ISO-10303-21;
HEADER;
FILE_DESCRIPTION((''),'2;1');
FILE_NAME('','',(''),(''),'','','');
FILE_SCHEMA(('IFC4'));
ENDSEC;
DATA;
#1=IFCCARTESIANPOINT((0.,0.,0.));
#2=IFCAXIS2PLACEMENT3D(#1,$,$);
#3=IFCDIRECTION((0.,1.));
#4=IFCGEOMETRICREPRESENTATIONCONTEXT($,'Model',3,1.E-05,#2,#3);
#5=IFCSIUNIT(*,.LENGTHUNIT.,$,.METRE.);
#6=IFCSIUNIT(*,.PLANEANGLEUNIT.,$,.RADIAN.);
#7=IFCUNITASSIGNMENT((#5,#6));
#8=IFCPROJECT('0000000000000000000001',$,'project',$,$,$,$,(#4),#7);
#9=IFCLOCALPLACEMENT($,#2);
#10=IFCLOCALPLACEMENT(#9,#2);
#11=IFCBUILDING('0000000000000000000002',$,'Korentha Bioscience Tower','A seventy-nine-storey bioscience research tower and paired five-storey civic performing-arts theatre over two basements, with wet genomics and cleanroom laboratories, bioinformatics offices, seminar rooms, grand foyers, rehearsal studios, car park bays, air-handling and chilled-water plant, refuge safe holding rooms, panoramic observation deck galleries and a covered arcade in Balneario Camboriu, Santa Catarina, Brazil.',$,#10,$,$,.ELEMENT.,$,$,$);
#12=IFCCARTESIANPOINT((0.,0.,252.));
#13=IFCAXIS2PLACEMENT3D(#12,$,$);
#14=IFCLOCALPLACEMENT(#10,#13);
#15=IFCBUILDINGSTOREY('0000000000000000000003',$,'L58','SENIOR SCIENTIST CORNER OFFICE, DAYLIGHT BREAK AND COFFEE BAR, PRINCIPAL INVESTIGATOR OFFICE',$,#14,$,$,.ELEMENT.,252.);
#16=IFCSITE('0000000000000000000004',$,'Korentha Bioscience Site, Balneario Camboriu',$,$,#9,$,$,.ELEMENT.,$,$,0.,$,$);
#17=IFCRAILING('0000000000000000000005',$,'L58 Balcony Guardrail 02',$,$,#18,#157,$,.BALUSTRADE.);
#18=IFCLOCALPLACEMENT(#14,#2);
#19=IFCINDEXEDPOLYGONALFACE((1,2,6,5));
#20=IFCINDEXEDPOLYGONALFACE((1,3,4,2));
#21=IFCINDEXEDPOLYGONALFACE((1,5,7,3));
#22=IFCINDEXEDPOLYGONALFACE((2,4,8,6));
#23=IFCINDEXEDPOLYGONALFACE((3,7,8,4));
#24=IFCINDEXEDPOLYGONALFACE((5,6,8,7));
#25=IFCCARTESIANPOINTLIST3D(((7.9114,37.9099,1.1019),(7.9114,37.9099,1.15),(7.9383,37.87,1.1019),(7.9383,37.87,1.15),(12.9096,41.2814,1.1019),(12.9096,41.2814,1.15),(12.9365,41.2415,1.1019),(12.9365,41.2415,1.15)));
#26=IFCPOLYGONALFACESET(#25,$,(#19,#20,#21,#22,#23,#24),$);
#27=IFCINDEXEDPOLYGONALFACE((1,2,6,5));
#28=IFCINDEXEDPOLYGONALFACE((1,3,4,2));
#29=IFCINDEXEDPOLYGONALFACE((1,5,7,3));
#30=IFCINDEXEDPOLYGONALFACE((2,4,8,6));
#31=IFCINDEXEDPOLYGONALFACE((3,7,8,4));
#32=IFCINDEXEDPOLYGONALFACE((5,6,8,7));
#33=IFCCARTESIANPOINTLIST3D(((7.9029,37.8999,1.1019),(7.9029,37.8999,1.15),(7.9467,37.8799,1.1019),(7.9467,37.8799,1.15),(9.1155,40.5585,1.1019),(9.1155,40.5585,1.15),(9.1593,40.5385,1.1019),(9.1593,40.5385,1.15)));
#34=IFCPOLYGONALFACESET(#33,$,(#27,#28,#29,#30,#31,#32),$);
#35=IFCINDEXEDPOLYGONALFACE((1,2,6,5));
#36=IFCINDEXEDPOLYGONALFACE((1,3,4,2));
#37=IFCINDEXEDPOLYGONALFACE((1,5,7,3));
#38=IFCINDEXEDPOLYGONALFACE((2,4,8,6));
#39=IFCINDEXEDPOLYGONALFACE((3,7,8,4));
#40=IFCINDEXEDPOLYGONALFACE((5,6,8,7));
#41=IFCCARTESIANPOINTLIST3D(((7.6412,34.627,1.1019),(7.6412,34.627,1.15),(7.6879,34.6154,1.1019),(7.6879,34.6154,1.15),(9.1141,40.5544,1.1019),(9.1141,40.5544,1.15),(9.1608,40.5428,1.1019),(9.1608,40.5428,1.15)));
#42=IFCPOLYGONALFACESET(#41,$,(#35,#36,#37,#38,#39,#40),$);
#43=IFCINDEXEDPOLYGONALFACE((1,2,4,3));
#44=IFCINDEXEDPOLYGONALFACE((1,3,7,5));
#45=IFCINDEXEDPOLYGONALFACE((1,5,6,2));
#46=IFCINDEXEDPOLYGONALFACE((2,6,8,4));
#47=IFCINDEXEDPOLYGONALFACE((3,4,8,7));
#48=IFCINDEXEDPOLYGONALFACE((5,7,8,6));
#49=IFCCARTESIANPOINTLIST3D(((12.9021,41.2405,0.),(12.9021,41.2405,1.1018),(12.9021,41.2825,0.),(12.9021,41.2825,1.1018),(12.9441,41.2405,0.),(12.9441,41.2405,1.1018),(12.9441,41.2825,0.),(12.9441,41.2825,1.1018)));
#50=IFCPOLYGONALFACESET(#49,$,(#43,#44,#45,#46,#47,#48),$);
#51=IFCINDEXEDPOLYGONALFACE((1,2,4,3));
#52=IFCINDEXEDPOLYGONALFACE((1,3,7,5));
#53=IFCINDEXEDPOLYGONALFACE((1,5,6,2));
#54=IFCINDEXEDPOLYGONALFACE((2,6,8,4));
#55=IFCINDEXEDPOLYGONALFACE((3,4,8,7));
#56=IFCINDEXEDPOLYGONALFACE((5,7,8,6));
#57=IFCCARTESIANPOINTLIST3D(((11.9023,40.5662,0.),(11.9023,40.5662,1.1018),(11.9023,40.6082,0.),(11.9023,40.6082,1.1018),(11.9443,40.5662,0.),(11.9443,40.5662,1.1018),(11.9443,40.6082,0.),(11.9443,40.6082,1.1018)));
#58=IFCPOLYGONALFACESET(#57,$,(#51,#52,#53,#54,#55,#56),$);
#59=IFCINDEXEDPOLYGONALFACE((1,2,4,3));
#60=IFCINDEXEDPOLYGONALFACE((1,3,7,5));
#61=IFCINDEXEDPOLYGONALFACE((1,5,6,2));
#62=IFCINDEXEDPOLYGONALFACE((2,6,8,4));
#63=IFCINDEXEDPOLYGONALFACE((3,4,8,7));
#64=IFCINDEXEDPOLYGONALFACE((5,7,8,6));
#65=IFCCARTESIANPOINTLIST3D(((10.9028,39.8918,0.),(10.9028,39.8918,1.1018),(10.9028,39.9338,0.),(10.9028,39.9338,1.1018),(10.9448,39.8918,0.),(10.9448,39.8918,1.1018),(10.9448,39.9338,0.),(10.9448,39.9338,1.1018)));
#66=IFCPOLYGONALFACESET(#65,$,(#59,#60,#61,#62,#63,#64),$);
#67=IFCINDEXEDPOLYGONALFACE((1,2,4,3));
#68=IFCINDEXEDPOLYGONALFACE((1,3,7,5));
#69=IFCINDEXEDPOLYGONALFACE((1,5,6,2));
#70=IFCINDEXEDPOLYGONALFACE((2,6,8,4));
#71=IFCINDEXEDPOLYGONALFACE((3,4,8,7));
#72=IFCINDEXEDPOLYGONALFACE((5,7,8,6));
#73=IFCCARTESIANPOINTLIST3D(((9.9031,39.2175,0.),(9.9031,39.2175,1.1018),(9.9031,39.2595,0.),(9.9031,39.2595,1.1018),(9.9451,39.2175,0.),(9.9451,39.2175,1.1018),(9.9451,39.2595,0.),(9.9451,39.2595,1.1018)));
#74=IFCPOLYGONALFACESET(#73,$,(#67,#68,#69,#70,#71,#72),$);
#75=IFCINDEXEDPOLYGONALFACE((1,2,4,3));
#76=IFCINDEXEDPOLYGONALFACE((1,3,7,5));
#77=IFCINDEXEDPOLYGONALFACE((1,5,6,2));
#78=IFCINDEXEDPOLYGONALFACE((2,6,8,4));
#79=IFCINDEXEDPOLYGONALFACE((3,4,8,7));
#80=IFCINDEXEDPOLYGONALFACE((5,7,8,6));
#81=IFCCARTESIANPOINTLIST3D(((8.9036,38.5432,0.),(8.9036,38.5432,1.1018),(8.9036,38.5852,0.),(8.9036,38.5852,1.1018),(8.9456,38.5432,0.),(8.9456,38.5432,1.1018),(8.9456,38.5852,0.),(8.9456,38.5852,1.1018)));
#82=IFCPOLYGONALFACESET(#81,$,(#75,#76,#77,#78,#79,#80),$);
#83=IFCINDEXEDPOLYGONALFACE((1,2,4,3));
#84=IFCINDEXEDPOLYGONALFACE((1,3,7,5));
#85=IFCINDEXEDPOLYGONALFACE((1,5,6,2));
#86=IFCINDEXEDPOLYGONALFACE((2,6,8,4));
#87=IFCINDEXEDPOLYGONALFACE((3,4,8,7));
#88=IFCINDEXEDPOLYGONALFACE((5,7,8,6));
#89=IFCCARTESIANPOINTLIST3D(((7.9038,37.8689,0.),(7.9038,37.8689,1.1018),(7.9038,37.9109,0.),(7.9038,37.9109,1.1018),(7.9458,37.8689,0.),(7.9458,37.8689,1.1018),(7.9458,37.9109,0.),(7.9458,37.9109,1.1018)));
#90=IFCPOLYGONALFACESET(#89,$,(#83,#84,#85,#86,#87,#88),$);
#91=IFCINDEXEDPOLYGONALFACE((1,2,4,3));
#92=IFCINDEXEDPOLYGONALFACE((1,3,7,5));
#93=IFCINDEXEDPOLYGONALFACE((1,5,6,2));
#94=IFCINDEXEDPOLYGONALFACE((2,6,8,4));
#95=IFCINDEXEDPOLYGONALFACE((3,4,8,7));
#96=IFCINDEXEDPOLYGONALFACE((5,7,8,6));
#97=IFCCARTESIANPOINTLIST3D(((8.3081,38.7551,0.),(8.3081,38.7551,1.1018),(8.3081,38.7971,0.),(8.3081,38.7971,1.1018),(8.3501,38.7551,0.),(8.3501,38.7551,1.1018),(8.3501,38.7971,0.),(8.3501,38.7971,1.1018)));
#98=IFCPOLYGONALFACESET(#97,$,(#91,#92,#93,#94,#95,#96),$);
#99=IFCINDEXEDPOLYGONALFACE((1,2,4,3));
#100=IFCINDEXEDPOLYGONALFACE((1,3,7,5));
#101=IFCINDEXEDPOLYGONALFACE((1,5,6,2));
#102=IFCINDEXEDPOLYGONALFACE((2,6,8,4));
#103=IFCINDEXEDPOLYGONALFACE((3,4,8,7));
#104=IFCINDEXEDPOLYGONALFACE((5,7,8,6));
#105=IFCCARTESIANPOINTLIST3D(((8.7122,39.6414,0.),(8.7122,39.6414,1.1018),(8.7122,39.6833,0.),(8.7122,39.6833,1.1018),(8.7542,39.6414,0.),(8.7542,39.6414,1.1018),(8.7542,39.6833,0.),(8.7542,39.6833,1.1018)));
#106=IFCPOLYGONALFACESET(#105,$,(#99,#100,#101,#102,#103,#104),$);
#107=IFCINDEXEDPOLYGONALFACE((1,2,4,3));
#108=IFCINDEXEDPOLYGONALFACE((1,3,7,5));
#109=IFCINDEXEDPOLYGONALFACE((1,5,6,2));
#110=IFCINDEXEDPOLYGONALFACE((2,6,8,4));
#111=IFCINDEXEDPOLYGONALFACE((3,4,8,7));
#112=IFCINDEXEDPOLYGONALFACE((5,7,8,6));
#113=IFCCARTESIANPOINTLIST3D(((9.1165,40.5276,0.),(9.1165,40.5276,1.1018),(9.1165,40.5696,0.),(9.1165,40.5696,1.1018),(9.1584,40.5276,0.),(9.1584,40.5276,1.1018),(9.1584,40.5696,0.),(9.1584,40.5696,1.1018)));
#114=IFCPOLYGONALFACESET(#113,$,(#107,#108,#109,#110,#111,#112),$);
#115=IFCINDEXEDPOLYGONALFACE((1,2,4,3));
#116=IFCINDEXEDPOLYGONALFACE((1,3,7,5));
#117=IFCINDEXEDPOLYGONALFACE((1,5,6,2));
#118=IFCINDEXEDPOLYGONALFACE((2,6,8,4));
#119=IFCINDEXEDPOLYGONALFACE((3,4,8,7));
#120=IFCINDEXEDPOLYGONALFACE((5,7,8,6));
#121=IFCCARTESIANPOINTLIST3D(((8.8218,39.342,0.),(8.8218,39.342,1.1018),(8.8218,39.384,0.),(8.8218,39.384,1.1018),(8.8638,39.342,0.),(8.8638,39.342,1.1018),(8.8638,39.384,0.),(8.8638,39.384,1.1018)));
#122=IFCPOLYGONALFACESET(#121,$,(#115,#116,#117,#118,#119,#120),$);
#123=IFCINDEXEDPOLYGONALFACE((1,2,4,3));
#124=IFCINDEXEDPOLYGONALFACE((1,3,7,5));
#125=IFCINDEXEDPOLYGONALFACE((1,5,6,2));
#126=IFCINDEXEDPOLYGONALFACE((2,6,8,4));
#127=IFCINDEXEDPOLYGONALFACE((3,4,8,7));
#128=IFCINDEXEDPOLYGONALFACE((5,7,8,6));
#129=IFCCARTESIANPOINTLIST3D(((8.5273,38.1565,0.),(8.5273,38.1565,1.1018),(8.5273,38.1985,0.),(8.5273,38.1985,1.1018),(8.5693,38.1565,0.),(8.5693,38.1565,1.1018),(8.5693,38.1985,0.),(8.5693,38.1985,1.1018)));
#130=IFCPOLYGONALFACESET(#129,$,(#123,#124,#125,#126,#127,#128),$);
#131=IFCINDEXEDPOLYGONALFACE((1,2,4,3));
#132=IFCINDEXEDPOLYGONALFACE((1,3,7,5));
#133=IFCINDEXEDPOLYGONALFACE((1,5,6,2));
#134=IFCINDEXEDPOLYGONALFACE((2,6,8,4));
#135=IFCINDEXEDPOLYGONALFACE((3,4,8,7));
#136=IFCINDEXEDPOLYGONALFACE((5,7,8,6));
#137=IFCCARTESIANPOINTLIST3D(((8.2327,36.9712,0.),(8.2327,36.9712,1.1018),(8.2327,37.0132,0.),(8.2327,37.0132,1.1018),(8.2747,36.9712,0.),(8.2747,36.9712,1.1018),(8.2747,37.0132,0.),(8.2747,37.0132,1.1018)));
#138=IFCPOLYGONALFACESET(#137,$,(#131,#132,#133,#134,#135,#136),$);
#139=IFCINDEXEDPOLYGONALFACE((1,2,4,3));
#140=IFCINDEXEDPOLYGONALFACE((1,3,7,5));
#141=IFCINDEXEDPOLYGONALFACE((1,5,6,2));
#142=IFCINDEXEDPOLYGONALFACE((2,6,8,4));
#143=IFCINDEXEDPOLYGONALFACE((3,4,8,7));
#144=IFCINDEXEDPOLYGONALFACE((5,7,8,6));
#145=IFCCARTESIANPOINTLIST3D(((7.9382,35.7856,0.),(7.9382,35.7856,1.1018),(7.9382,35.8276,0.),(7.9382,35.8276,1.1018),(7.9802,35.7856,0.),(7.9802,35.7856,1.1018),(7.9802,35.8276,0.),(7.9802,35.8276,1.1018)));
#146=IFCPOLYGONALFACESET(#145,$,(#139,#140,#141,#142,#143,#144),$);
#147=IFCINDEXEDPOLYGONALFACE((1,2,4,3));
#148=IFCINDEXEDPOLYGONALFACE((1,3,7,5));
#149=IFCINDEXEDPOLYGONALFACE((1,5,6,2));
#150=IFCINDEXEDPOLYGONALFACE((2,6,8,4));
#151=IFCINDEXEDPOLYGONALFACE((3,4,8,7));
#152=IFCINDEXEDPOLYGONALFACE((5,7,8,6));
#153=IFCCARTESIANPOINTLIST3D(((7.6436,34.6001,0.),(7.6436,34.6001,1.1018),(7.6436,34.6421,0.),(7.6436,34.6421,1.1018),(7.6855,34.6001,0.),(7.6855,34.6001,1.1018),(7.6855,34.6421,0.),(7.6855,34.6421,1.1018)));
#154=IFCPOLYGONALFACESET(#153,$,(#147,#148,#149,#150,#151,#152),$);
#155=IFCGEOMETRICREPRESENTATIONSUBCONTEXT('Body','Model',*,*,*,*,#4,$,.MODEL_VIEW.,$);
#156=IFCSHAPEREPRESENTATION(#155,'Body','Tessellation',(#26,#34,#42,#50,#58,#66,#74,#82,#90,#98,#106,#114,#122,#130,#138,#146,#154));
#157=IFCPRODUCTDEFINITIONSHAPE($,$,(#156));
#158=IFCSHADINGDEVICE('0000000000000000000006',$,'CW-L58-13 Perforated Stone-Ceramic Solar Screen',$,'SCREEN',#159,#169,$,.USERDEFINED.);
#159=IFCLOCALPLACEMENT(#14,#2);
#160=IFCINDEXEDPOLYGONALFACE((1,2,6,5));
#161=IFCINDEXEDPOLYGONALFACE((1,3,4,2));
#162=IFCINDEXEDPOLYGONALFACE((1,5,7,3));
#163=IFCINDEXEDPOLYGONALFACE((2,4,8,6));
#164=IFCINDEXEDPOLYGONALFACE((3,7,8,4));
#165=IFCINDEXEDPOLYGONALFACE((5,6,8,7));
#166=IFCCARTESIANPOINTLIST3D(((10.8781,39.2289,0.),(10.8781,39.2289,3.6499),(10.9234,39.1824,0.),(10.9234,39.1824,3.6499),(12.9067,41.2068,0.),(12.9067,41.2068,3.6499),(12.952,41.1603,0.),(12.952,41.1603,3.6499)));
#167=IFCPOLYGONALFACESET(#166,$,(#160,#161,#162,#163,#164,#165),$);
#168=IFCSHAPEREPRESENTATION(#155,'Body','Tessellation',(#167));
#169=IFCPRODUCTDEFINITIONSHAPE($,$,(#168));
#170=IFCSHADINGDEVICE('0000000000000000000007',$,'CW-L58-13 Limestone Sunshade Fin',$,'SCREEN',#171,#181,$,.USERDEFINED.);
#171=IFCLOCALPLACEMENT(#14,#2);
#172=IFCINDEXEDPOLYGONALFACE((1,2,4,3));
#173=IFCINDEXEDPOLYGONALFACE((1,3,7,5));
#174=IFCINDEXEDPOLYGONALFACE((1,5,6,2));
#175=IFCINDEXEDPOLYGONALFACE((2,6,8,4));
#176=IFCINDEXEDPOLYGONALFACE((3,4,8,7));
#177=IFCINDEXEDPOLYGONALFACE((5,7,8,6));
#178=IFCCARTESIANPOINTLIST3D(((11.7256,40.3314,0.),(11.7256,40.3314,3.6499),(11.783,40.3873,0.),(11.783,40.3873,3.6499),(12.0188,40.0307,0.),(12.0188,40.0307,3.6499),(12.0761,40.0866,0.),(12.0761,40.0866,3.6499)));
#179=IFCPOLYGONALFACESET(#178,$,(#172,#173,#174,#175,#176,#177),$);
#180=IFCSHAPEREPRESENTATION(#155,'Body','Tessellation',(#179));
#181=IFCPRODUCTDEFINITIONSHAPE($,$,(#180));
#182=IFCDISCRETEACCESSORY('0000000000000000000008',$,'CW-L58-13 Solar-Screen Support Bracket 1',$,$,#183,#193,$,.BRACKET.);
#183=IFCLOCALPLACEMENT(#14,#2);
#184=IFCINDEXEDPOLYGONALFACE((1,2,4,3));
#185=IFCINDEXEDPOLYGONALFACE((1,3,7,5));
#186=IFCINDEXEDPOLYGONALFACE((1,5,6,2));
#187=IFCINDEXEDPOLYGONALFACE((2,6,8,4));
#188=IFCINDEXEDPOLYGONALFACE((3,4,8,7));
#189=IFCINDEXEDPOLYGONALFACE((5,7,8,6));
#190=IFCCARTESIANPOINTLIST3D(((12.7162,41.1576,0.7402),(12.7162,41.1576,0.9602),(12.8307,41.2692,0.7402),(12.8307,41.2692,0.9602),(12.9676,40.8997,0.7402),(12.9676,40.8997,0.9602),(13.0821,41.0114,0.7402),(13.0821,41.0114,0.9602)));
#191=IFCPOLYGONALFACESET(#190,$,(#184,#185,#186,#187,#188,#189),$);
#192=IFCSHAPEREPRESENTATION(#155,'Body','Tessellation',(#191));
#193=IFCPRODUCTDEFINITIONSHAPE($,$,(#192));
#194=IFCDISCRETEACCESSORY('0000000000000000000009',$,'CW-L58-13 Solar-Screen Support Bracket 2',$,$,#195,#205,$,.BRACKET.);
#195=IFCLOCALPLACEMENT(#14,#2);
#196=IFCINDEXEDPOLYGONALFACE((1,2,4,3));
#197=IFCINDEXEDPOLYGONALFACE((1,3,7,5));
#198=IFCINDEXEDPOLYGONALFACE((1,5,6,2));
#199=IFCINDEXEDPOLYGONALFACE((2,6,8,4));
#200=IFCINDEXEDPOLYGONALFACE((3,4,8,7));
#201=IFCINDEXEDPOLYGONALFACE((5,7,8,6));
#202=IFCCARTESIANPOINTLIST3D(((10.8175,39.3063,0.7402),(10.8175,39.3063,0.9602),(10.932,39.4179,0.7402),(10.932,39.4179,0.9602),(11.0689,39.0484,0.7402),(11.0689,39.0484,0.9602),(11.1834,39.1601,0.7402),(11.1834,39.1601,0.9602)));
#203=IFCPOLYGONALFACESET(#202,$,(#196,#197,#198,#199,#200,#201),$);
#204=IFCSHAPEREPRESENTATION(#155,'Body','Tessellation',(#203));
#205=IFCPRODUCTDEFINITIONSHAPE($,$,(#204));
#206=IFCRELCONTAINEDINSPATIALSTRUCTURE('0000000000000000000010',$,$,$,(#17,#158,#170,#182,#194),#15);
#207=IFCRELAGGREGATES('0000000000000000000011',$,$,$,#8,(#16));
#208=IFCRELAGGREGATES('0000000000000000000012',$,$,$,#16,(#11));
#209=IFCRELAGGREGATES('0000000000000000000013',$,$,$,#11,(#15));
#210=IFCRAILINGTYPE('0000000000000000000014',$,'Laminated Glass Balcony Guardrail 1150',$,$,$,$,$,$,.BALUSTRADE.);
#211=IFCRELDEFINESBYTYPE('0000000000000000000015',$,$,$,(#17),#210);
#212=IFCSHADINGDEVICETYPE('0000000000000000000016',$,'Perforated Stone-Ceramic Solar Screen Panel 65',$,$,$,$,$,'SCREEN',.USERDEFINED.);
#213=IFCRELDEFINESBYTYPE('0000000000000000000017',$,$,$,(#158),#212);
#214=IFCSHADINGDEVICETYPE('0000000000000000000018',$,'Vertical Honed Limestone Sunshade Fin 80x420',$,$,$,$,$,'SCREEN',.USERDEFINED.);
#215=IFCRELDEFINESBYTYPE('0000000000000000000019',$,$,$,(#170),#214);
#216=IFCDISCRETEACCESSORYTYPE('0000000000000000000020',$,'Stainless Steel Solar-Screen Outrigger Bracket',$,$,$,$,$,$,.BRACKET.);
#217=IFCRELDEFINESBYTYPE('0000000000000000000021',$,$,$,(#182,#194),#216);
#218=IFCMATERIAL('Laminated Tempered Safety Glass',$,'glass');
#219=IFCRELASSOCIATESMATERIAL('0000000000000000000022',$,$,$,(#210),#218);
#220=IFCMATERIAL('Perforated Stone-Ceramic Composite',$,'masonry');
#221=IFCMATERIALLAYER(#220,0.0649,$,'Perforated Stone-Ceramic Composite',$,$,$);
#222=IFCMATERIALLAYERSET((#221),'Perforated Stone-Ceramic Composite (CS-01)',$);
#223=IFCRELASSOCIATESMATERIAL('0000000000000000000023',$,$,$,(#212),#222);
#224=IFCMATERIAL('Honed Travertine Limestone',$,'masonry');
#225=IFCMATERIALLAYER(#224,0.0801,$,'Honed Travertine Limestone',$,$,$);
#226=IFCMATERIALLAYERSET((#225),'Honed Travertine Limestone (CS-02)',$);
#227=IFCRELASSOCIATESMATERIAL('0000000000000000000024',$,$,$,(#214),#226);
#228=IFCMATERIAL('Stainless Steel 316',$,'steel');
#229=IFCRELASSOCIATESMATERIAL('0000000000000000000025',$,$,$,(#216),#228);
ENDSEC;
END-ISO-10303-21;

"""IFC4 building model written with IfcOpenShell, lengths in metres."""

from ifc_helpers import new_model, si_unit, direction, frame, origin, origin_2d, place, context, subcontext, project, spatial, rectangle, extrude, material, layer, layer_set, type_object, element, save


model = new_model("IFC4")

# Units and contexts
model_context = context("Model", 3, precision=1e-05, world=origin(), true_north=direction((0.0, 1.0)))
body_context = subcontext(model_context, "Body", "Model", "MODEL_VIEW")
ifc_project = project(units=[si_unit("LENGTHUNIT", "METRE"), si_unit("PLANEANGLEUNIT", "RADIAN")], contexts=[model_context])

# Site, building, storey
site_placement = place(None, origin())
site = spatial("IfcSite", under=ifc_project, at=site_placement, Name="Korentha Bioscience Site, Balneario Camboriu", CompositionType="ELEMENT", RefElevation=0.0)
building_placement = place(site_placement, origin())
building = spatial("IfcBuilding", under=site, at=building_placement, Name="Korentha Bioscience Tower", Description="A seventy-nine-storey bioscience research tower and paired five-storey civic performing-arts theatre over two basements, with wet genomics and cleanroom laboratories, bioinformatics offices, seminar rooms, grand foyers, rehearsal studios, car park bays, air-handling and chilled-water plant, refuge safe holding rooms, panoramic observation deck galleries and a covered arcade in Balneario Camboriu, Santa Catarina, Brazil.", CompositionType="ELEMENT")
storey_placement = place(building_placement, frame((0.0, 0.0, 252.0)))
storey = spatial("IfcBuildingStorey", under=building, at=storey_placement, Name="L58", Description="SENIOR SCIENTIST CORNER OFFICE, DAYLIGHT BREAK AND COFFEE BAR, PRINCIPAL INVESTIGATOR OFFICE", CompositionType="ELEMENT", Elevation=252.0)

# Railing
ifc_material_1 = material(Name="Laminated Tempered Safety Glass", Category="glass")
railing_type = type_object("IfcRailingType", Name="Laminated Glass Balcony Guardrail 1150", PredefinedType="BALUSTRADE", material=ifc_material_1)
railing_placement = place(storey_placement, frame((12.9231, 41.2615, 0.0)))
element("IfcRailing", 1, at=railing_placement, inside=storey, type_object=railing_type, Name="L58 Balcony Guardrail 02", PredefinedType="BALUSTRADE", context=body_context, shape_type="SweptSolid", body=[
    extrude(rectangle(XDim=0.0481, YDim=0.0481, at=origin_2d()), frame((0.0, 0.0, 1.126), z_axis=(-0.829023, -0.559215, 0.0), x_axis=(0.559215, -0.829023, 0.0)), (0.0, 0.0, 1.0), 6.0291),
    extrude(rectangle(XDim=0.0481, YDim=0.0481, at=origin_2d()), frame((-4.9983, -3.3716, 1.126), z_axis=(0.41498, 0.909831, 0.0), x_axis=(-0.909831, 0.41498, 0.0)), (0.0, 0.0, 1.0), 2.9221),
    extrude(rectangle(XDim=0.0481, YDim=0.0481, at=origin_2d()), frame((-3.7856, -0.7129, 1.126), z_axis=(-0.241153, -0.970487, 0.0), x_axis=(0.970487, -0.241153, 0.0)), (0.0, 0.0, 1.0), 6.1077),
    extrude(rectangle(XDim=0.042, YDim=0.042, at=origin_2d()), origin(), (0.0, 0.0, 1.0), 1.1018),
    extrude(rectangle(XDim=0.042, YDim=0.042, at=origin_2d()), frame((-0.9998, -0.6743, 0.0)), (0.0, 0.0, 1.0), 1.1018),
    extrude(rectangle(XDim=0.042, YDim=0.042, at=origin_2d()), frame((-1.9993, -1.3486, 0.0)), (0.0, 0.0, 1.0), 1.1018),
    extrude(rectangle(XDim=0.042, YDim=0.042, at=origin_2d()), frame((-2.999, -2.0229, 0.0)), (0.0, 0.0, 1.0), 1.1018),
    extrude(rectangle(XDim=0.042, YDim=0.042, at=origin_2d()), frame((-3.9985, -2.6973, 0.0)), (0.0, 0.0, 1.0), 1.1018),
    extrude(rectangle(XDim=0.042, YDim=0.042, at=origin_2d()), frame((-4.9983, -3.3716, 0.0)), (0.0, 0.0, 1.0), 1.1018),
    extrude(rectangle(XDim=0.042, YDim=0.042, at=origin_2d()), frame((-4.594, -2.4854, 0.0)), (0.0, 0.0, 1.0), 1.1018),
    extrude(rectangle(XDim=0.042, YDim=0.042, at=origin_2d()), frame((-4.1899, -1.5991, 0.0)), (0.0, 0.0, 1.0), 1.1018),
    extrude(rectangle(XDim=0.042, YDim=0.042, at=origin_2d()), frame((-3.7856, -0.7129, 0.0)), (0.0, 0.0, 1.0), 1.1018),
    extrude(rectangle(XDim=0.042, YDim=0.042, at=origin_2d()), frame((-4.0803, -1.8984, 0.0)), (0.0, 0.0, 1.0), 1.1018),
    extrude(rectangle(XDim=0.042, YDim=0.042, at=origin_2d()), frame((-4.3748, -3.084, 0.0)), (0.0, 0.0, 1.0), 1.1018),
    extrude(rectangle(XDim=0.042, YDim=0.042, at=origin_2d()), frame((-4.6694, -4.2693, 0.0)), (0.0, 0.0, 1.0), 1.1018),
    extrude(rectangle(XDim=0.042, YDim=0.042, at=origin_2d()), frame((-4.9639, -5.4548, 0.0)), (0.0, 0.0, 1.0), 1.1018),
    extrude(rectangle(XDim=0.042, YDim=0.042, at=origin_2d()), frame((-5.2585, -6.6404, 0.0)), (0.0, 0.0, 1.0), 1.1018),
])

# Shading devices
ifc_material_2 = material(Name="Perforated Stone-Ceramic Composite", Category="masonry")
ifc_layer_1 = layer(ifc_material_2, 0.0649, Name="Perforated Stone-Ceramic Composite")
ifc_layer_set_1 = layer_set([ifc_layer_1], Name="Perforated Stone-Ceramic Composite (CS-01)")
shading_device_type_1 = type_object("IfcShadingDeviceType", Name="Perforated Stone-Ceramic Solar Screen Panel 65", ElementType="SCREEN", PredefinedType="USERDEFINED", material=ifc_layer_set_1)
shading_device_1_placement = place(storey_placement, frame((11.915, 40.1946, 0.0), z_axis=(0.0, 0.0, 1.0), x_axis=(-0.715994, -0.698107, 0.0)))
element("IfcShadingDevice", 2, at=shading_device_1_placement, inside=storey, type_object=shading_device_type_1, Name="CW-L58-13 Perforated Stone-Ceramic Solar Screen", ObjectType="SCREEN", PredefinedType="USERDEFINED", context=body_context, shape_type="SweptSolid", body=[
    extrude(rectangle(XDim=2.8333, YDim=0.0649, at=origin_2d()), origin(), (0.0, 0.0, 1.0), 3.6499),
])
ifc_material_3 = material(Name="Honed Travertine Limestone", Category="masonry")
ifc_layer_2 = layer(ifc_material_3, 0.0801, Name="Honed Travertine Limestone")
ifc_layer_set_2 = layer_set([ifc_layer_2], Name="Honed Travertine Limestone (CS-02)")
shading_device_type_2 = type_object("IfcShadingDeviceType", Name="Vertical Honed Limestone Sunshade Fin 80x420", ElementType="SCREEN", PredefinedType="USERDEFINED", material=ifc_layer_set_2)
shading_device_2_placement = place(storey_placement, frame((11.9009, 40.209, 0.0), z_axis=(0.0, 0.0, 1.0), x_axis=(-0.715994, -0.698107, 0.0)))
element("IfcShadingDevice", 3, at=shading_device_2_placement, inside=storey, type_object=shading_device_type_2, Name="CW-L58-13 Limestone Sunshade Fin", ObjectType="SCREEN", PredefinedType="USERDEFINED", context=body_context, shape_type="SweptSolid", body=[
    extrude(rectangle(XDim=0.0801, YDim=0.4199, at=origin_2d()), origin(), (0.0, 0.0, 1.0), 3.6499),
])

# Discrete accessories
ifc_material_4 = material(Name="Stainless Steel 316", Category="steel")
discrete_accessory_type = type_object("IfcDiscreteAccessoryType", Name="Stainless Steel Solar-Screen Outrigger Bracket", PredefinedType="BRACKET", material=ifc_material_4)
for number, where, z_axis, x_axis, name in (
    (4, (12.8992, 41.0845, 0.7402), (0.0, 0.0, 1.0), (-0.715994, -0.698107, 0.0), "CW-L58-13 Solar-Screen Support Bracket 1"),
    (5, (11.0005, 39.2332, 0.7402), (0.0, 0.0, 1.0), (-0.715994, -0.698107, 0.0), "CW-L58-13 Solar-Screen Support Bracket 2"),
):
    element("IfcDiscreteAccessory", number, at=place(storey_placement, frame(where, z_axis=z_axis, x_axis=x_axis)), inside=storey, type_object=discrete_accessory_type, Name=name, PredefinedType="BRACKET", context=body_context, shape_type="SweptSolid", body=[
        extrude(rectangle(XDim=0.1599, YDim=0.3601, at=origin_2d()), origin(), (0.0, 0.0, 1.0), 0.22),
    ])

save(model, "model.ifc")
